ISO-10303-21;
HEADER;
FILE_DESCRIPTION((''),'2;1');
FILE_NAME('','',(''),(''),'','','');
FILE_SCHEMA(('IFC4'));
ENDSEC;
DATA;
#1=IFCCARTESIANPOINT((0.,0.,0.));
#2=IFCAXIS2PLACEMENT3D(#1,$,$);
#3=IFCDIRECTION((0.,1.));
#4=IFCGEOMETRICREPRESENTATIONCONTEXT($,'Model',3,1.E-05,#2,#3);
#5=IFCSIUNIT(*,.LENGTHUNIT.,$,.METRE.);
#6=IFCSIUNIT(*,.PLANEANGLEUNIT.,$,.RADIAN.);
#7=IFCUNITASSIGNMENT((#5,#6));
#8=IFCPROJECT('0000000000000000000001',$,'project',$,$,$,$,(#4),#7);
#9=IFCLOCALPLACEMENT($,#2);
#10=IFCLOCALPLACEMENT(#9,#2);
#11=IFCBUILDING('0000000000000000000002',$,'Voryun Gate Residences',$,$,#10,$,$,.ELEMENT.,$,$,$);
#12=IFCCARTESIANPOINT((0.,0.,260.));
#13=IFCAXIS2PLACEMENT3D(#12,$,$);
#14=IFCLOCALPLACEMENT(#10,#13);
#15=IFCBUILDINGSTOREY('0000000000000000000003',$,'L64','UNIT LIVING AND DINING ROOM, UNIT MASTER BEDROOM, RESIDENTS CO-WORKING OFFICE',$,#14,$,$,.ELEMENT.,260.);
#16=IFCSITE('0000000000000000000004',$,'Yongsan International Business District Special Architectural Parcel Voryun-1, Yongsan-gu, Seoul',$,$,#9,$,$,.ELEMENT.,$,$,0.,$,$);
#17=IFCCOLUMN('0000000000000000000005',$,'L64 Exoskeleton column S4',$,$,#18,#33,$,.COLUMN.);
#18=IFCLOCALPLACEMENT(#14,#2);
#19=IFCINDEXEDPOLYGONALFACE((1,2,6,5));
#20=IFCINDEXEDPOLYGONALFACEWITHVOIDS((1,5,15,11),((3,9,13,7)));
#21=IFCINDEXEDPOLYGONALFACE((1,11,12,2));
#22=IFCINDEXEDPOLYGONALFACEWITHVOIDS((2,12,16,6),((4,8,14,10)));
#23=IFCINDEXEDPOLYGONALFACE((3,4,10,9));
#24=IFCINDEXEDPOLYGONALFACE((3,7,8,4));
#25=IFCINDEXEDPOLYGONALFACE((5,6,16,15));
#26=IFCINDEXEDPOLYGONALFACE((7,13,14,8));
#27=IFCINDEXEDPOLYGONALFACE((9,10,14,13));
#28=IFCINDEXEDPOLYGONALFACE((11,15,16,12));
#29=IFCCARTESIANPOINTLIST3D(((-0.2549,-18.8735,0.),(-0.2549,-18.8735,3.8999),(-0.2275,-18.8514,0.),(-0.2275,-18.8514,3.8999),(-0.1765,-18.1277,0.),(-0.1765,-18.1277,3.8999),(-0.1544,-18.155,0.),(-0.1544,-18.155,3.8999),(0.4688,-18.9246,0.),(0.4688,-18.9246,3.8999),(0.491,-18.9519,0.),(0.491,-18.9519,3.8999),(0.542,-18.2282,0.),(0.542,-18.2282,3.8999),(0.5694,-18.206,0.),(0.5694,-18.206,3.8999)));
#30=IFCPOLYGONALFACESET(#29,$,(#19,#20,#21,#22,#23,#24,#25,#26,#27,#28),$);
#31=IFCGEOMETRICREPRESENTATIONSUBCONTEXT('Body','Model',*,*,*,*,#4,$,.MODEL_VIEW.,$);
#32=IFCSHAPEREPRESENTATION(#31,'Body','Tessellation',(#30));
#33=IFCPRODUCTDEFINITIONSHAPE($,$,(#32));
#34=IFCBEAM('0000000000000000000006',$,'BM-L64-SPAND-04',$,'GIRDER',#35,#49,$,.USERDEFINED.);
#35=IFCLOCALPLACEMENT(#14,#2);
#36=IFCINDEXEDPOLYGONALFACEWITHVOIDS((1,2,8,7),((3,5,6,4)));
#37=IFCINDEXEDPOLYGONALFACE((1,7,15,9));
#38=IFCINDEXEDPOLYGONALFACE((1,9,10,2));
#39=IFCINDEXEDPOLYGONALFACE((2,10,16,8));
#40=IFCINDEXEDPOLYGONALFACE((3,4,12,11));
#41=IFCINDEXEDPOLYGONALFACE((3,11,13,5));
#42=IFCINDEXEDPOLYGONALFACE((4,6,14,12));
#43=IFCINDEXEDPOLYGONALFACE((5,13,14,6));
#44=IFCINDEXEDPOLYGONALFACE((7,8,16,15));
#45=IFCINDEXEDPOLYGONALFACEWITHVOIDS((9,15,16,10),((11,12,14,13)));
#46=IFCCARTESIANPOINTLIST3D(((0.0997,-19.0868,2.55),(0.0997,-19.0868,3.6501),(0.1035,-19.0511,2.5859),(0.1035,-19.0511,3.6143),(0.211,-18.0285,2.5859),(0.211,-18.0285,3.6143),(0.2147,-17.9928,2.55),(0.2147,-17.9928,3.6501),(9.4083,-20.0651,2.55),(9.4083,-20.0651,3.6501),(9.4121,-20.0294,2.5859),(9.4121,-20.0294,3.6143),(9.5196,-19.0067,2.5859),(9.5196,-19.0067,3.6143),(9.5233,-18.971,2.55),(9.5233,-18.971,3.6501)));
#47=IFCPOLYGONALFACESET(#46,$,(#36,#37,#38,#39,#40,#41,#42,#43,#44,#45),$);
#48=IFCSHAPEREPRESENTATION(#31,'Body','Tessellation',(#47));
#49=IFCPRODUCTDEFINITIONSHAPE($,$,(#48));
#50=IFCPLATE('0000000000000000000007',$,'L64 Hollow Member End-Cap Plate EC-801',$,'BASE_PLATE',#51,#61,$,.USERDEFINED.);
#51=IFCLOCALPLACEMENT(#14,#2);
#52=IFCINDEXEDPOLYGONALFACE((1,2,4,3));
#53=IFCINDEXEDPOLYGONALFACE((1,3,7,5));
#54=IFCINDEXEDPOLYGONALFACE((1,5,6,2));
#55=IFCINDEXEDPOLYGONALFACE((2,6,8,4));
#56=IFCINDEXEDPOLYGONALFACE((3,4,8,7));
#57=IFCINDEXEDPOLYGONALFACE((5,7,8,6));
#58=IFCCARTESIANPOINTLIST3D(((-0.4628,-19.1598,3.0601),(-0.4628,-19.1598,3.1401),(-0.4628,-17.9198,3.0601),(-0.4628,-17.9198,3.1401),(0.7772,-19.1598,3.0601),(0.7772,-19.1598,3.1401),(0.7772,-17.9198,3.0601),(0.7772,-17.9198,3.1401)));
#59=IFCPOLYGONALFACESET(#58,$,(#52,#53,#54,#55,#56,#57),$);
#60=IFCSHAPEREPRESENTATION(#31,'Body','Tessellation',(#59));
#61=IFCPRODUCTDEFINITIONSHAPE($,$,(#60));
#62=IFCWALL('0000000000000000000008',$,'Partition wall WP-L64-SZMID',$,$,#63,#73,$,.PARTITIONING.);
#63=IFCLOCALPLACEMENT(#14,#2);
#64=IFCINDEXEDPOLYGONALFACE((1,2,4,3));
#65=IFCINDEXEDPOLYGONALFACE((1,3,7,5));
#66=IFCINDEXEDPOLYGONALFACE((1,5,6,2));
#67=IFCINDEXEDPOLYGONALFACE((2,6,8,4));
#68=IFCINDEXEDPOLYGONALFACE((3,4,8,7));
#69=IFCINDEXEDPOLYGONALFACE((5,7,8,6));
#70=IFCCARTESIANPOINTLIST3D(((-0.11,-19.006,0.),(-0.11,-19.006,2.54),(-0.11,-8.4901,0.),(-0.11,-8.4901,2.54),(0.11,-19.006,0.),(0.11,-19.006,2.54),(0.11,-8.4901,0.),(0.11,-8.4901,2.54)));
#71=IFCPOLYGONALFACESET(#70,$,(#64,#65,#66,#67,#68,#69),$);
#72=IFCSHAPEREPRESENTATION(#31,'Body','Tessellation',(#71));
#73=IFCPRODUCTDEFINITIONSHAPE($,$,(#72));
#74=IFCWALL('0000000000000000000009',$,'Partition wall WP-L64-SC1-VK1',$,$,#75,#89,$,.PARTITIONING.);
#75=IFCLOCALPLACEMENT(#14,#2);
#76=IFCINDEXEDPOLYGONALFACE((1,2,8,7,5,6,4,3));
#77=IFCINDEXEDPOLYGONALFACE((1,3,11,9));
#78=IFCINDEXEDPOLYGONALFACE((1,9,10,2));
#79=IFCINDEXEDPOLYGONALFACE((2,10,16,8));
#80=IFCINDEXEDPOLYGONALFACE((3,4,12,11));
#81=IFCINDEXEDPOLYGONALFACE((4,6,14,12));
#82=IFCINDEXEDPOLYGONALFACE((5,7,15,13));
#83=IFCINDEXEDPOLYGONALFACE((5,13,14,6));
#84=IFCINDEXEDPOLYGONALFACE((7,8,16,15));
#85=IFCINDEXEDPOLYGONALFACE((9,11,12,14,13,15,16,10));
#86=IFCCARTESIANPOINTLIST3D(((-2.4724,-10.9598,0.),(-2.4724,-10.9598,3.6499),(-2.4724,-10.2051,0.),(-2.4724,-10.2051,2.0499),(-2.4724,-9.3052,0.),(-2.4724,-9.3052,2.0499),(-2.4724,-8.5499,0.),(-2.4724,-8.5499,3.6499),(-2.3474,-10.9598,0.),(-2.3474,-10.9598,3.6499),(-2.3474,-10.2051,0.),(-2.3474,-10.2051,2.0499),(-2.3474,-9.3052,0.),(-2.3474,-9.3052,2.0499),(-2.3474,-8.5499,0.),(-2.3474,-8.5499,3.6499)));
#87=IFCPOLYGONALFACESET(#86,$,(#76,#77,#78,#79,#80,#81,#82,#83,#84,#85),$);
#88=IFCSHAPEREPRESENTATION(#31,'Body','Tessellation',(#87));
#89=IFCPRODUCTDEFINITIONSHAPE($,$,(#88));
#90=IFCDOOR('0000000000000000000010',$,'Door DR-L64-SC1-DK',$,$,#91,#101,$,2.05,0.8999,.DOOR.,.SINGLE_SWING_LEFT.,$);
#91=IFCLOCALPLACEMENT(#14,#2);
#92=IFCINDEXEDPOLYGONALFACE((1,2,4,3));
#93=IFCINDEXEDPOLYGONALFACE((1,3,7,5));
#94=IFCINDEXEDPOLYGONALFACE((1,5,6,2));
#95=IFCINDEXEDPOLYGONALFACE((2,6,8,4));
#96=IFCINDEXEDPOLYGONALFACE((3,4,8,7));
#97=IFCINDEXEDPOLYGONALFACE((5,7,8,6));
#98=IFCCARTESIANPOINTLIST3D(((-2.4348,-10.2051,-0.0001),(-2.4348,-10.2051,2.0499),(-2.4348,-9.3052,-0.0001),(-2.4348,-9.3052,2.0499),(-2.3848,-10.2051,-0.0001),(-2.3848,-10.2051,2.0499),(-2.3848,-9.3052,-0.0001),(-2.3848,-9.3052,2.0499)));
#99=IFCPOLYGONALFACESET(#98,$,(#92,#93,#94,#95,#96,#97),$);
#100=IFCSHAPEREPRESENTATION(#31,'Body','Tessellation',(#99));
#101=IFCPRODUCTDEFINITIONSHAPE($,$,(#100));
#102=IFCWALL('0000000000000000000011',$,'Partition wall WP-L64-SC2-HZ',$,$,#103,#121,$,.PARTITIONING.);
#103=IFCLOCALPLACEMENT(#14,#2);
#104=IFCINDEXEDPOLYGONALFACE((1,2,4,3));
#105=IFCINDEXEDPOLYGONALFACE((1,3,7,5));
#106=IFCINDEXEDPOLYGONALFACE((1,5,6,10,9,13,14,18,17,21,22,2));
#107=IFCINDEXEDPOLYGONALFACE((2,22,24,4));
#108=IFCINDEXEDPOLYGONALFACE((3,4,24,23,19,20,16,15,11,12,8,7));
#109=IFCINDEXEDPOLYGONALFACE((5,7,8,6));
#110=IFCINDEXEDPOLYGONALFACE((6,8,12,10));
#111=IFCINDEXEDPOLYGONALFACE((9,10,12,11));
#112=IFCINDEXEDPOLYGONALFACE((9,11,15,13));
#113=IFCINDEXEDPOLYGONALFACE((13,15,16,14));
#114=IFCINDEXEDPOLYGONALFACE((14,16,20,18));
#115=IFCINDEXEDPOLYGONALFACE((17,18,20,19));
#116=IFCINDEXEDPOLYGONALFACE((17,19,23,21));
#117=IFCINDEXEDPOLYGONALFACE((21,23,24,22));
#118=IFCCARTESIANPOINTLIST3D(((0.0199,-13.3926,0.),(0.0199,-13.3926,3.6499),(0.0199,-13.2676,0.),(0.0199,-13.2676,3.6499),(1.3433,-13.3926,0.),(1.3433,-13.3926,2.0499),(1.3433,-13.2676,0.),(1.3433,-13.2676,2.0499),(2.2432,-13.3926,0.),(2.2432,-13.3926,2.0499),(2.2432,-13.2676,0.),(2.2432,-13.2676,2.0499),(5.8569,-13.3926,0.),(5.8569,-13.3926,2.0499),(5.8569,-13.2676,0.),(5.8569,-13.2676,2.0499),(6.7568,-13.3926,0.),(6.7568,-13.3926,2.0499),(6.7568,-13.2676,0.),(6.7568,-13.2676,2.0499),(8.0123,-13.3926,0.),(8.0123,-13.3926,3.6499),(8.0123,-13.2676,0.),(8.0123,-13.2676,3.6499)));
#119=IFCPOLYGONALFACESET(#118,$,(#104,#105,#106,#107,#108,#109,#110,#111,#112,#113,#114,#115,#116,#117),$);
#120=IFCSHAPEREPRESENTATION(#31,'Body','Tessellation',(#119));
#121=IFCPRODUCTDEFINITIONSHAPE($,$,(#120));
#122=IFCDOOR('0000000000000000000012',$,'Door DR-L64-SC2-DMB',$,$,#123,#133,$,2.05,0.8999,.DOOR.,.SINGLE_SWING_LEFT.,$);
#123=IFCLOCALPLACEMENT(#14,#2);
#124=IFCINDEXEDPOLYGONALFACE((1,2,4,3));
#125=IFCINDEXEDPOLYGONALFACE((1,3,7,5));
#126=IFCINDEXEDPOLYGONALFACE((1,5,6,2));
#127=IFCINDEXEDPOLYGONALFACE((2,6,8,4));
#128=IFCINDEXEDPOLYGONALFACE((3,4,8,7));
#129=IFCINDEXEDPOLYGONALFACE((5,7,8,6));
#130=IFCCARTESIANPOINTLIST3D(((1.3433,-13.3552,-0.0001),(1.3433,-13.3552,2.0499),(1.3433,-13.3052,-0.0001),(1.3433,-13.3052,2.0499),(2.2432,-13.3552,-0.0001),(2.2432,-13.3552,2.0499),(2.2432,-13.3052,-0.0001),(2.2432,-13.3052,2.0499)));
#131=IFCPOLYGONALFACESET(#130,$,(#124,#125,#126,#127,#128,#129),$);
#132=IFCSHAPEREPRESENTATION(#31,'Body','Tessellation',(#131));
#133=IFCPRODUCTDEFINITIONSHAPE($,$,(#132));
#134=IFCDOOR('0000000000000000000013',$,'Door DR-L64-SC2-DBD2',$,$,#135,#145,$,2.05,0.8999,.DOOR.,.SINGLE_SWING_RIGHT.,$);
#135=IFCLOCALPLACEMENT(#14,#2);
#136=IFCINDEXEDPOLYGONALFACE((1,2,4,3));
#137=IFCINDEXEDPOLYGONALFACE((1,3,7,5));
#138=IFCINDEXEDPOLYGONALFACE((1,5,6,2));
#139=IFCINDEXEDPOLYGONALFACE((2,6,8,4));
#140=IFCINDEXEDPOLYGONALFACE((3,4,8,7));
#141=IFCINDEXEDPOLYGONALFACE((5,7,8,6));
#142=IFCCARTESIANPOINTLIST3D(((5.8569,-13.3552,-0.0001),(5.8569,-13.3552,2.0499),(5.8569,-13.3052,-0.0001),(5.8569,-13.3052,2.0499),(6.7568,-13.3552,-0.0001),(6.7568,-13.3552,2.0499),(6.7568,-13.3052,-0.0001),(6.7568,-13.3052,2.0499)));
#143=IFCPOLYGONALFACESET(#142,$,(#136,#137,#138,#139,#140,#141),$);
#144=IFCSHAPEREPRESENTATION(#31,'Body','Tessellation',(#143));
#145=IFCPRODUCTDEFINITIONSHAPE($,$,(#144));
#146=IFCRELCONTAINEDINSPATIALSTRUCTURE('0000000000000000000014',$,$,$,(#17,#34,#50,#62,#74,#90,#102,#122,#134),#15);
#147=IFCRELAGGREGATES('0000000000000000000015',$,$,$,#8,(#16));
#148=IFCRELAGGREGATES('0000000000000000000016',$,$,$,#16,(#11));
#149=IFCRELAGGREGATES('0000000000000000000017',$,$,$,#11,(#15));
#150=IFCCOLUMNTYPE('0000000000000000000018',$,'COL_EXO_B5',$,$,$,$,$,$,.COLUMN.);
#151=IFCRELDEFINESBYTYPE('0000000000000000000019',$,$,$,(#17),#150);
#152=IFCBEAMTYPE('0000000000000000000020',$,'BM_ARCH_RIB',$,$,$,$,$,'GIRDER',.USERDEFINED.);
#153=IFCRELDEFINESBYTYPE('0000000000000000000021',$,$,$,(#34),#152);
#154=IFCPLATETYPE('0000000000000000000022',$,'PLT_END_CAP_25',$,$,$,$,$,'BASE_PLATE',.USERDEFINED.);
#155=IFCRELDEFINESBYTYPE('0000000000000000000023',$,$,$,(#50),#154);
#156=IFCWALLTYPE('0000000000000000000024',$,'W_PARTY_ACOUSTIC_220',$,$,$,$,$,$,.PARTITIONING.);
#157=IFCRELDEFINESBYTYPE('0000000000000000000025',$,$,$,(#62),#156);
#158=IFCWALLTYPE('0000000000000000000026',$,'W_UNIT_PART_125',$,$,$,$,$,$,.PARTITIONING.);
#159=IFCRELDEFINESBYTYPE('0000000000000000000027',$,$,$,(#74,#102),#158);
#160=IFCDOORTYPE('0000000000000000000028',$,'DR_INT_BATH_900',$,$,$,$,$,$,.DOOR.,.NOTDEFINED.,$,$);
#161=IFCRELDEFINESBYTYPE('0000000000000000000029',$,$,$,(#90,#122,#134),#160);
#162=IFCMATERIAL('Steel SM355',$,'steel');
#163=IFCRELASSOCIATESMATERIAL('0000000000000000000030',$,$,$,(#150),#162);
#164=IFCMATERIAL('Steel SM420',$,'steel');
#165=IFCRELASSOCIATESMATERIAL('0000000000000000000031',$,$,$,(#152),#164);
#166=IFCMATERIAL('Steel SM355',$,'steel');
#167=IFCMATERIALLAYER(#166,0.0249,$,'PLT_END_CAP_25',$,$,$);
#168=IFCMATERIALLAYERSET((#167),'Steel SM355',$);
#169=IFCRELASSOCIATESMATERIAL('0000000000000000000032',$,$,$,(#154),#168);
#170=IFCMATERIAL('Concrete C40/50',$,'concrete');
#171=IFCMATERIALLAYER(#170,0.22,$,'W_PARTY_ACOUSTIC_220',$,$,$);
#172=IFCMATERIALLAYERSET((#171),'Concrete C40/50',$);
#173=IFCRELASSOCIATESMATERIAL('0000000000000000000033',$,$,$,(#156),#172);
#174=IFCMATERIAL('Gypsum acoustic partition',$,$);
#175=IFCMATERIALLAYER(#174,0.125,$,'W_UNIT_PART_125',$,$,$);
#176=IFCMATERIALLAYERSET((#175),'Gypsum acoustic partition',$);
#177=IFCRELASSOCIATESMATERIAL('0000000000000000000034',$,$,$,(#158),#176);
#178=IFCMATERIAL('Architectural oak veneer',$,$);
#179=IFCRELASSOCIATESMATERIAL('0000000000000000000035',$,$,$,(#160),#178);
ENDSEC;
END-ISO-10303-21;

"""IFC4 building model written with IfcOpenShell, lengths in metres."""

from ifc_helpers import new_model, si_unit, direction, frame, frame_2d, origin, origin_2d, place, context, subcontext, project, spatial, rectangle, hollow_rectangle, extrude, material, layer, layer_set, material_profile, profile_set, type_object, element, fill, save


model = new_model("IFC4")

# Units and contexts
model_context = context("Model", 3, precision=1e-05, world=origin(), true_north=direction((0.0, 1.0)))
body_context = subcontext(model_context, "Body", "Model", "MODEL_VIEW")
ifc_project = project(units=[si_unit("LENGTHUNIT", "METRE"), si_unit("PLANEANGLEUNIT", "RADIAN")], contexts=[model_context])

# Site, building, storey
site_placement = place(None, origin())
site = spatial("IfcSite", under=ifc_project, at=site_placement, Name="Yongsan International Business District Special Architectural Parcel Voryun-1, Yongsan-gu, Seoul", CompositionType="ELEMENT", RefElevation=0.0)
building_placement = place(site_placement, origin())
building = spatial("IfcBuilding", under=site, at=building_placement, Name="Voryun Gate Residences", CompositionType="ELEMENT")
storey_placement = place(building_placement, frame((0.0, 0.0, 260.0)))
storey = spatial("IfcBuildingStorey", under=building, at=storey_placement, Name="L64", Description="UNIT LIVING AND DINING ROOM, UNIT MASTER BEDROOM, RESIDENTS CO-WORKING OFFICE", CompositionType="ELEMENT", Elevation=260.0)

# Column
ifc_material_1 = material(Name="Steel SM355", Category="steel")
ifc_material_profile_1 = material_profile(ifc_material_1, hollow_rectangle(XDim=0.75, YDim=0.75, WallThickness=0.0249, at=origin_2d()), Name="BOX-750x750x25")
ifc_profile_set_1 = profile_set([ifc_material_profile_1], Name="Steel SM355")
column_type = type_object("IfcColumnType", Name="COL_EXO_B5", PredefinedType="COLUMN", material=ifc_profile_set_1)
column_placement = place(storey_placement, frame((0.1572, -18.5398, 0.0), z_axis=(0.0, 0.0, 1.0), x_axis=(0.994522, -0.104528, 0.0)))
element("IfcColumn", 1, at=column_placement, inside=storey, type_object=column_type, Name="L64 Exoskeleton column S4", PredefinedType="COLUMN", context=body_context, shape_type="SweptSolid", body=[
    extrude(hollow_rectangle(XDim=0.75, YDim=0.75, WallThickness=0.0249, at=origin_2d()), origin(), (0.0, 0.0, 1.0), 3.8999),
])

# Beam
ifc_material_2 = material(Name="Steel SM420", Category="steel")
ifc_material_profile_2 = material_profile(ifc_material_2, hollow_rectangle(XDim=1.1001, YDim=1.1001, WallThickness=0.0359, at=origin_2d()), Name="BOX-1100x1100x36")
ifc_profile_set_2 = profile_set([ifc_material_profile_2], Name="Steel SM420")
beam_type = type_object("IfcBeamType", Name="BM_ARCH_RIB", ElementType="GIRDER", PredefinedType="USERDEFINED", material=ifc_profile_set_2)
beam_placement = place(storey_placement, frame((0.1572, -18.5398, 3.1001), z_axis=(0.994523, -0.104518, 0.0), x_axis=(0.104518, 0.994523, 0.0)))
element("IfcBeam", 2, at=beam_placement, inside=storey, type_object=beam_type, Name="BM-L64-SPAND-04", ObjectType="GIRDER", PredefinedType="USERDEFINED", context=body_context, shape_type="SweptSolid", body=[
    extrude(hollow_rectangle(XDim=1.1001, YDim=1.1001, WallThickness=0.0359, at=origin_2d()), origin(), (0.0, 0.0, 1.0), 9.3599),
])

# Plate
ifc_material_3 = material(Name="Steel SM355", Category="steel")
ifc_layer_1 = layer(ifc_material_3, 0.0249, Name="PLT_END_CAP_25")
ifc_layer_set_1 = layer_set([ifc_layer_1], Name="Steel SM355")
plate_type = type_object("IfcPlateType", Name="PLT_END_CAP_25", ElementType="BASE_PLATE", PredefinedType="USERDEFINED", material=ifc_layer_set_1)
plate_placement = place(storey_placement, frame((0.1572, -18.5398, 3.0601), z_axis=(0.0, 0.0, 1.0), x_axis=(1.0, 0.0, 0.0)))
element("IfcPlate", 3, at=plate_placement, inside=storey, type_object=plate_type, Name="L64 Hollow Member End-Cap Plate EC-801", ObjectType="BASE_PLATE", PredefinedType="USERDEFINED", context=body_context, shape_type="SweptSolid", body=[
    extrude(rectangle(XDim=1.24, YDim=1.24, at=origin_2d()), origin(), (0.0, 0.0, 1.0), 0.0801),
])

# Wall
ifc_material_4 = material(Name="Concrete C40/50", Category="concrete")
ifc_layer_2 = layer(ifc_material_4, 0.22, Name="W_PARTY_ACOUSTIC_220")
ifc_layer_set_2 = layer_set([ifc_layer_2], Name="Concrete C40/50")
wall_type_1 = type_object("IfcWallType", Name="W_PARTY_ACOUSTIC_220", PredefinedType="PARTITIONING", material=ifc_layer_set_2)
wall_1_placement = place(storey_placement, frame((0.0, -19.0059, 0.0), z_axis=(0.0, 0.0, 1.0), x_axis=(0.0, 1.0, 0.0)))
element("IfcWall", 4, at=wall_1_placement, inside=storey, type_object=wall_type_1, Name="Partition wall WP-L64-SZMID", PredefinedType="PARTITIONING", context=body_context, shape_type="SweptSolid", body=[
    extrude(rectangle(XDim=10.5159, YDim=0.22, at=frame_2d((5.2578, 0.0))), origin(), (0.0, 0.0, 1.0), 2.54),
])

# Wall, opening, door
ifc_material_5 = material(Name="Gypsum acoustic partition")
ifc_layer_3 = layer(ifc_material_5, 0.125, Name="W_UNIT_PART_125")
ifc_layer_set_3 = layer_set([ifc_layer_3], Name="Gypsum acoustic partition")
wall_type_2 = type_object("IfcWallType", Name="W_UNIT_PART_125", PredefinedType="PARTITIONING", material=ifc_layer_set_3)
wall_2_placement = place(storey_placement, frame((-2.4099, -10.96, 0.0), z_axis=(0.0, 0.0, 1.0), x_axis=(0.0, 1.0, 0.0)))
wall_2 = element("IfcWall", 5, at=wall_2_placement, inside=storey, type_object=wall_type_2, Name="Partition wall WP-L64-SC1-VK1", PredefinedType="PARTITIONING", context=body_context, shape_type="SweptSolid", body=[
    extrude(rectangle(XDim=2.4099, YDim=0.125, at=frame_2d((1.2051, 0.0))), origin(), (0.0, 0.0, 1.0), 3.6499),
])
opening_1_placement = place(wall_2_placement, frame((0.7549, 0.0, 0.0)))
opening_1 = element("IfcOpeningElement", 6, at=opening_1_placement, cuts=wall_2, PredefinedType="OPENING", context=body_context, shape_type="SweptSolid", body=[
    extrude(rectangle(XDim=0.8999, YDim=2.05, at=frame_2d((0.45, 1.0249))), frame((0.0, 0.0725, 0.0), z_axis=(0.0, -1.0, 0.0), x_axis=(1.0, 0.0, 0.0)), (0.0, 0.0, 1.0), 0.145),
])
ifc_material_6 = material(Name="Architectural oak veneer")
door_type = type_object("IfcDoorType", Name="DR_INT_BATH_900", OperationType="NOTDEFINED", PredefinedType="DOOR", material=ifc_material_6)
door_1_placement = place(opening_1_placement, origin())
door_1 = element("IfcDoor", 7, at=door_1_placement, inside=storey, type_object=door_type, Name="Door DR-L64-SC1-DK", OperationType="SINGLE_SWING_LEFT", OverallHeight=2.05, OverallWidth=0.8999, PredefinedType="DOOR", context=body_context, shape_type="SweptSolid", body=[
    extrude(rectangle(XDim=0.8999, YDim=2.05, at=frame_2d((0.45, 1.0249))), frame((0.0, 0.0249, 0.0), z_axis=(0.0, -1.0, 0.0), x_axis=(1.0, 0.0, 0.0)), (0.0, 0.0, 1.0), 0.05),
])
fill(opening_1, door_1)

# Wall, openings, doors
wall_3_placement = place(storey_placement, frame((0.02, -13.3301, 0.0), z_axis=(0.0, 0.0, 1.0), x_axis=(1.0, 0.0, 0.0)))
wall_3 = element("IfcWall", 8, at=wall_3_placement, inside=storey, type_object=wall_type_2, Name="Partition wall WP-L64-SC2-HZ", PredefinedType="PARTITIONING", context=body_context, shape_type="SweptSolid", body=[
    extrude(rectangle(XDim=7.9924, YDim=0.125, at=frame_2d((3.9961, 0.0))), origin(), (0.0, 0.0, 1.0), 3.6499),
])
opening_2_placement = place(wall_3_placement, frame((1.3232, 0.0, 0.0)))
opening_2 = element("IfcOpeningElement", 9, at=opening_2_placement, cuts=wall_3, PredefinedType="OPENING", context=body_context, shape_type="SweptSolid", body=[
    extrude(rectangle(XDim=0.8999, YDim=2.05, at=frame_2d((0.45, 1.0249))), frame((0.0, 0.0725, 0.0), z_axis=(0.0, -1.0, 0.0), x_axis=(1.0, 0.0, 0.0)), (0.0, 0.0, 1.0), 0.145),
])
opening_3_placement = place(wall_3_placement, frame((5.8369, 0.0, 0.0)))
opening_3 = element("IfcOpeningElement", 10, at=opening_3_placement, cuts=wall_3, PredefinedType="OPENING", context=body_context, shape_type="SweptSolid", body=[
    extrude(rectangle(XDim=0.8999, YDim=2.05, at=frame_2d((0.45, 1.0249))), frame((0.0, 0.0725, 0.0), z_axis=(0.0, -1.0, 0.0), x_axis=(1.0, 0.0, 0.0)), (0.0, 0.0, 1.0), 0.145),
])
door_2_placement = place(opening_2_placement, origin())
door_2 = element("IfcDoor", 11, at=door_2_placement, inside=storey, type_object=door_type, Name="Door DR-L64-SC2-DMB", OperationType="SINGLE_SWING_LEFT", OverallHeight=2.05, OverallWidth=0.8999, PredefinedType="DOOR", context=body_context, shape_type="SweptSolid", body=[
    extrude(rectangle(XDim=0.8999, YDim=2.05, at=frame_2d((0.45, 1.0249))), frame((0.0, 0.0249, 0.0), z_axis=(0.0, -1.0, 0.0), x_axis=(1.0, 0.0, 0.0)), (0.0, 0.0, 1.0), 0.05),
])
fill(opening_2, door_2)
door_3_placement = place(opening_3_placement, origin())
door_3 = element("IfcDoor", 12, at=door_3_placement, inside=storey, type_object=door_type, Name="Door DR-L64-SC2-DBD2", OperationType="SINGLE_SWING_RIGHT", OverallHeight=2.05, OverallWidth=0.8999, PredefinedType="DOOR", context=body_context, shape_type="SweptSolid", body=[
    extrude(rectangle(XDim=0.8999, YDim=2.05, at=frame_2d((0.45, 1.0249))), frame((0.0, 0.0249, 0.0), z_axis=(0.0, -1.0, 0.0), x_axis=(1.0, 0.0, 0.0)), (0.0, 0.0, 1.0), 0.05),
])
fill(opening_3, door_3)

save(model, "model.ifc")
